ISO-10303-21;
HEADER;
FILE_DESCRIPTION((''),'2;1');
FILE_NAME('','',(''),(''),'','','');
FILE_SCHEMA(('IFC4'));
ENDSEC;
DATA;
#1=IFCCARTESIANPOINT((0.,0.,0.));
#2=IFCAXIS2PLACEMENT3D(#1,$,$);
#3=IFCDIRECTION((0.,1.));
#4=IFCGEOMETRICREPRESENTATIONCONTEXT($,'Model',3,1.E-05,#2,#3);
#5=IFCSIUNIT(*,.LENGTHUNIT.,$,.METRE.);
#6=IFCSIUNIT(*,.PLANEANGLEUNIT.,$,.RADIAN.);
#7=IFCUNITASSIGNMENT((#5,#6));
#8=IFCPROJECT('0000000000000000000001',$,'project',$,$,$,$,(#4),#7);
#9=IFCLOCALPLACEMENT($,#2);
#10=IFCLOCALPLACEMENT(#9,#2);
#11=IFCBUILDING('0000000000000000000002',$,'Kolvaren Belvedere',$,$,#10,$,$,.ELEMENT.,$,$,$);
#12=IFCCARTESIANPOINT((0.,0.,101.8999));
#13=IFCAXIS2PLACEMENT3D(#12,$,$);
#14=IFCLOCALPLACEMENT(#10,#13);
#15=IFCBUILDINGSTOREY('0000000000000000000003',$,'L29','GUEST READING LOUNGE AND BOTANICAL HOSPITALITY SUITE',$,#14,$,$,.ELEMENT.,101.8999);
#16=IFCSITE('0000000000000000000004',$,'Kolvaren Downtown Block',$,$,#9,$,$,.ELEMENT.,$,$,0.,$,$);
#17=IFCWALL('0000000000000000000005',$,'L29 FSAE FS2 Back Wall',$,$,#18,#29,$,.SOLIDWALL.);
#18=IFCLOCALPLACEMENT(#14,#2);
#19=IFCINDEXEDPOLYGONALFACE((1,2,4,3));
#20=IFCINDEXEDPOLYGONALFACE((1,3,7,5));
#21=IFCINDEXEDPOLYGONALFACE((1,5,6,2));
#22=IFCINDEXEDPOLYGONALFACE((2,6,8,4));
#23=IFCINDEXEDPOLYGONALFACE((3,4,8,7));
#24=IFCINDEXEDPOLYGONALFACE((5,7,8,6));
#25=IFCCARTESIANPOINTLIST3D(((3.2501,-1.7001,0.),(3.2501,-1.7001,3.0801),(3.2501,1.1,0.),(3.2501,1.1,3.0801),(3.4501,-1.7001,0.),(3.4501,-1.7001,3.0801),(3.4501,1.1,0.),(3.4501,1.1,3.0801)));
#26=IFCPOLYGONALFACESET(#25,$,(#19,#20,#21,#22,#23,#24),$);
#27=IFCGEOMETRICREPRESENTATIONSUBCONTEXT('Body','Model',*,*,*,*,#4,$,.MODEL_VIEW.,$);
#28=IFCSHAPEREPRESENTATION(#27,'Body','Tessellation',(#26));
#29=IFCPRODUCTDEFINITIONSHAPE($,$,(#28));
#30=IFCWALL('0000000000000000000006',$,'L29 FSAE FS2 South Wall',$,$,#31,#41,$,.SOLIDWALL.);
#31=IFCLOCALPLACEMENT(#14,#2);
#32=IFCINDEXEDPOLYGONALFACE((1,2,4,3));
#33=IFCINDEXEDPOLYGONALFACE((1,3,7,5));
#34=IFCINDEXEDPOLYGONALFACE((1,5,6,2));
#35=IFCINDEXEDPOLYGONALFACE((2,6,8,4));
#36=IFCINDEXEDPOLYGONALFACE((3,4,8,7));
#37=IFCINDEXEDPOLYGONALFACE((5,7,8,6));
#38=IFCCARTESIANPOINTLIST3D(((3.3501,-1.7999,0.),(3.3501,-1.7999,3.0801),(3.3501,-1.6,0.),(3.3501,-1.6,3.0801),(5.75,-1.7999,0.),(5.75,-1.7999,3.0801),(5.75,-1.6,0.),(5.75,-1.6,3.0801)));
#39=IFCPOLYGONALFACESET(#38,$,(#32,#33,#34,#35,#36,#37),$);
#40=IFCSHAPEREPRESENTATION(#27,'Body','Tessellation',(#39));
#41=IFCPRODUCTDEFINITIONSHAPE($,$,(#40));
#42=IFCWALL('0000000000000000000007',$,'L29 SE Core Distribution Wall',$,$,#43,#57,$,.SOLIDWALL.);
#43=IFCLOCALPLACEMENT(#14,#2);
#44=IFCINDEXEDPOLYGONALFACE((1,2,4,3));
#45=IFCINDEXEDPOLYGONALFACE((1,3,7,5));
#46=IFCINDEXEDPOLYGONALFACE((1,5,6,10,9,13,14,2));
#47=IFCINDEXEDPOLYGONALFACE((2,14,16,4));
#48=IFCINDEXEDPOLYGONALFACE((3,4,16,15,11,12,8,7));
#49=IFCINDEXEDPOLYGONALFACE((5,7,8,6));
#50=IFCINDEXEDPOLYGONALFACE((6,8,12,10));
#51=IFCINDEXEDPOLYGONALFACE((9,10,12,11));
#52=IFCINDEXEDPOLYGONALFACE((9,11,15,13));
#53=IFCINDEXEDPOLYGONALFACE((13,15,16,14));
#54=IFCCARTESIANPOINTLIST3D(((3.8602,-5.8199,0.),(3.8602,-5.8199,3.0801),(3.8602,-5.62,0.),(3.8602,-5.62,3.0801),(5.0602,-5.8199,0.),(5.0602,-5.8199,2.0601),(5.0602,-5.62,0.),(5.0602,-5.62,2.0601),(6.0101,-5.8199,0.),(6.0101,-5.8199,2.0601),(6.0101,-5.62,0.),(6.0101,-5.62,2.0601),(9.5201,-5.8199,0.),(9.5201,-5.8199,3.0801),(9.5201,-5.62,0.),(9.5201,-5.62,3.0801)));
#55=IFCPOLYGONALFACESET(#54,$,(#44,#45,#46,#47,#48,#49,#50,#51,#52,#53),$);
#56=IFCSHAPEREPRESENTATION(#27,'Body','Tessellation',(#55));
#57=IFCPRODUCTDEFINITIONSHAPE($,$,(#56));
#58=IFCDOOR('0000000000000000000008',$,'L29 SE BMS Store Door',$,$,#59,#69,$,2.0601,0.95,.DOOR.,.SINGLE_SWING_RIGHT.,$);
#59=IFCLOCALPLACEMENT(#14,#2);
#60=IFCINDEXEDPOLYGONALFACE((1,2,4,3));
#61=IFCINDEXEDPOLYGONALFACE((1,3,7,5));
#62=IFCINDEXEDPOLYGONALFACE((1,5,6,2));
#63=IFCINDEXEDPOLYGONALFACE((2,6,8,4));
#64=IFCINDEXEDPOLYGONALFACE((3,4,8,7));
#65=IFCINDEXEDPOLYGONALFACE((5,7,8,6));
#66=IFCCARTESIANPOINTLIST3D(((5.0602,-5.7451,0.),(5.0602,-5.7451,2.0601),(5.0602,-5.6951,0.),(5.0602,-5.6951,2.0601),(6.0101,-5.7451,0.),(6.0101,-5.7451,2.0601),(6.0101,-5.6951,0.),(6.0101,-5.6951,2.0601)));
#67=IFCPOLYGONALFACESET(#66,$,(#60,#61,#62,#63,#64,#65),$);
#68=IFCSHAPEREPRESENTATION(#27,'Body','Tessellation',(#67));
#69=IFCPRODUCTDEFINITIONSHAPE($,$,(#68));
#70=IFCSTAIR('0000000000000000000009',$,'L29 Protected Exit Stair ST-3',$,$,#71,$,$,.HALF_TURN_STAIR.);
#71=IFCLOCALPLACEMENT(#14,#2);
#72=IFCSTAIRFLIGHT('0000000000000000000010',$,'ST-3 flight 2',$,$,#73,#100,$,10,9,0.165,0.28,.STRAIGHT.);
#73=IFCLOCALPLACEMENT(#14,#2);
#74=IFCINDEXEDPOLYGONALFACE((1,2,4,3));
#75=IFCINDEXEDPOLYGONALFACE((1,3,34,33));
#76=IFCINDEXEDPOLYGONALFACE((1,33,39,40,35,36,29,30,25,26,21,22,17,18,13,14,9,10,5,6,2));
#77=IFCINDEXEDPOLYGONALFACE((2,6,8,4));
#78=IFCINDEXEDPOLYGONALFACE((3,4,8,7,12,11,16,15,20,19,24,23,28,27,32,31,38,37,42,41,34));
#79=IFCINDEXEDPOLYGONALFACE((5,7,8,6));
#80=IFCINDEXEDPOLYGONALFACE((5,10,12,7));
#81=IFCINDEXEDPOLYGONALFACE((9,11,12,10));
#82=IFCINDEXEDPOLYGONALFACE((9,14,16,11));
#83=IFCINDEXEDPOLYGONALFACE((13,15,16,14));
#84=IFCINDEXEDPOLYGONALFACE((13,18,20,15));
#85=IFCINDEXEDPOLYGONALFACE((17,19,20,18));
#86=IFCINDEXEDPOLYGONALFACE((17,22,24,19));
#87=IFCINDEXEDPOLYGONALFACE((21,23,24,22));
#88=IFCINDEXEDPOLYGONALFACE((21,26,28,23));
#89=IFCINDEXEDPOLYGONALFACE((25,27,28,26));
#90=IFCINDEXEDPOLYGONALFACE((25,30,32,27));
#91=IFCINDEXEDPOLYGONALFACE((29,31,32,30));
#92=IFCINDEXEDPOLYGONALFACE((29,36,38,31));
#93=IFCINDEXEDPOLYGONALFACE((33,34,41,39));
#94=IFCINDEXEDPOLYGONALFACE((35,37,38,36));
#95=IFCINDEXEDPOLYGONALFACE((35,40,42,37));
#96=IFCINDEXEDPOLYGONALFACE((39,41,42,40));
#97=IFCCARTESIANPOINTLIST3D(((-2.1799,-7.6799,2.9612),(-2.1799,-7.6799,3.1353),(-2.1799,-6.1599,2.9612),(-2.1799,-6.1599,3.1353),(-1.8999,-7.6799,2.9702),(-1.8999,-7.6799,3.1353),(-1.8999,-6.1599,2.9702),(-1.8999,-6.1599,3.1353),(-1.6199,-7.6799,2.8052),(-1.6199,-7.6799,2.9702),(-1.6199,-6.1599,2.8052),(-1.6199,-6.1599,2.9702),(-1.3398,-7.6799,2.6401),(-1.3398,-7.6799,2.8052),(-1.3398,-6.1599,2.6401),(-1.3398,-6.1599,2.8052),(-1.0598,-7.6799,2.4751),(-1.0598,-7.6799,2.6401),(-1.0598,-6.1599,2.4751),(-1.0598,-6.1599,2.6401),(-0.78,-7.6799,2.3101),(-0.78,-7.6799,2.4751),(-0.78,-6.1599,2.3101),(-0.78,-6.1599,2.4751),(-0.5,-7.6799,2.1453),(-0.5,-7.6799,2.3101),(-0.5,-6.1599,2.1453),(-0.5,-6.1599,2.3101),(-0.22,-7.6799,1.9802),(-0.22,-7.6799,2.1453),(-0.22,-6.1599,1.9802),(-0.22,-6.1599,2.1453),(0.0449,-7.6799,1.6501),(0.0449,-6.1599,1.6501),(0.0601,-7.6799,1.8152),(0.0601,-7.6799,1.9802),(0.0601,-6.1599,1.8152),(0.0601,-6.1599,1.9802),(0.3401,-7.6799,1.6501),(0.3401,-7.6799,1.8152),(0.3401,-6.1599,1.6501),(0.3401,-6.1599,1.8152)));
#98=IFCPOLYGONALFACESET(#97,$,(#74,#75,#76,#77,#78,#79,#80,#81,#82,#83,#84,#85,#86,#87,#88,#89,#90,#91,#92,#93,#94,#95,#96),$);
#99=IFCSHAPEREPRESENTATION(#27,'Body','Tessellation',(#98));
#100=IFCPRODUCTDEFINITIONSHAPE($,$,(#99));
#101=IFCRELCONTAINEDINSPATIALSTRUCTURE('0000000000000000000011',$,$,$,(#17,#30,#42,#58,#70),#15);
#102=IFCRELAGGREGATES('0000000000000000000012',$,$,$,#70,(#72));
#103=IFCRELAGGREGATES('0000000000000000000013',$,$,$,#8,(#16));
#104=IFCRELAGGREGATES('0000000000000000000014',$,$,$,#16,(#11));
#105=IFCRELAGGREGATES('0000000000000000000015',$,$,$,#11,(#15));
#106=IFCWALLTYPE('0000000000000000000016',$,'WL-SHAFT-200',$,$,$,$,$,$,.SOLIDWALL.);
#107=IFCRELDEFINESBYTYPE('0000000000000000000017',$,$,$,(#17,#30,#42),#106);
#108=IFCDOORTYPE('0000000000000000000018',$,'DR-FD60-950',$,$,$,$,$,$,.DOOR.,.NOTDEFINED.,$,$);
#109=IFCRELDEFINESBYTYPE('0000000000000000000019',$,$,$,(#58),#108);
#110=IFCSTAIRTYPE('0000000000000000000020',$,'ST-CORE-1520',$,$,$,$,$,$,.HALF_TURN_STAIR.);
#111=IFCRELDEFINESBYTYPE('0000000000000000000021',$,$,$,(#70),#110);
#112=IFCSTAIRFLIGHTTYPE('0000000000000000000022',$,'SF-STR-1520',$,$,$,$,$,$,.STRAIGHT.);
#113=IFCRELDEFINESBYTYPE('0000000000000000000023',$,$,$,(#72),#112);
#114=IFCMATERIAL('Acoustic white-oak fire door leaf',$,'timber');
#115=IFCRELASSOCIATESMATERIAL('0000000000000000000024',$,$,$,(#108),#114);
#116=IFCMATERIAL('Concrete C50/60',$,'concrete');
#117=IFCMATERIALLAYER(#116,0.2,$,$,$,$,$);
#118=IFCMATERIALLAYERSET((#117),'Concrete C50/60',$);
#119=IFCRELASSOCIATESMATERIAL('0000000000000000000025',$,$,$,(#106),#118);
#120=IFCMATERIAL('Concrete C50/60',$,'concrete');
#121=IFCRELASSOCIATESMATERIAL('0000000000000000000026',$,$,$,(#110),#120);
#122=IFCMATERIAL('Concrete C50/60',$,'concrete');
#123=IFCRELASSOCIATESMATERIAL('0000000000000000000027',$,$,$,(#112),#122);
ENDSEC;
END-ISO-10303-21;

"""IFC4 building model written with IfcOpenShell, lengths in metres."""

from ifc_helpers import new_model, si_unit, direction, frame, frame_2d, origin, place, context, subcontext, project, spatial, polyline, rectangle, outline, extrude, material, layer, layer_set, type_object, element, fill, aggregate, save


model = new_model("IFC4")

# Units and contexts
model_context = context("Model", 3, precision=1e-05, world=origin(), true_north=direction((0.0, 1.0)))
body_context = subcontext(model_context, "Body", "Model", "MODEL_VIEW")
ifc_project = project(units=[si_unit("LENGTHUNIT", "METRE"), si_unit("PLANEANGLEUNIT", "RADIAN")], contexts=[model_context])

# Site, building, storey
site_placement = place(None, origin())
site = spatial("IfcSite", under=ifc_project, at=site_placement, Name="Kolvaren Downtown Block", CompositionType="ELEMENT", RefElevation=0.0)
building_placement = place(site_placement, origin())
building = spatial("IfcBuilding", under=site, at=building_placement, Name="Kolvaren Belvedere", CompositionType="ELEMENT")
storey_placement = place(building_placement, frame((0.0, 0.0, 101.8999)))
storey = spatial("IfcBuildingStorey", under=building, at=storey_placement, Name="L29", Description="GUEST READING LOUNGE AND BOTANICAL HOSPITALITY SUITE", CompositionType="ELEMENT", Elevation=101.8999)

# Shared definitions
ifc_material_1 = material(Name="Acoustic white-oak fire door leaf", Category="timber")
door_type_1 = type_object("IfcDoorType", Name="DR-FD60-950", OperationType="NOTDEFINED", PredefinedType="DOOR", material=ifc_material_1)

# Shared definitions
ifc_material_2 = material(Name="Concrete C50/60", Category="concrete")
ifc_layer_1 = layer(ifc_material_2, 0.2)
ifc_layer_set_1 = layer_set([ifc_layer_1], Name="Concrete C50/60")
wall_type_1 = type_object("IfcWallType", Name="WL-SHAFT-200", PredefinedType="SOLIDWALL", material=ifc_layer_set_1)

# Walls
wall_1_placement = place(storey_placement, frame((3.3501, -1.7, 0.0), z_axis=(0.0, 0.0, 1.0), x_axis=(0.0, 1.0, 0.0)))
element("IfcWall", 1, at=wall_1_placement, inside=storey, type_object=wall_type_1, Name="L29 FSAE FS2 Back Wall", PredefinedType="SOLIDWALL", context=body_context, shape_type="SweptSolid", body=[
    extrude(rectangle(XDim=2.8, YDim=0.2, at=frame_2d((1.3999, 0.0))), origin(), (0.0, 0.0, 1.0), 3.0801),
])
wall_2_placement = place(storey_placement, frame((3.3501, -1.7, 0.0), z_axis=(0.0, 0.0, 1.0), x_axis=(1.0, 0.0, 0.0)))
element("IfcWall", 2, at=wall_2_placement, inside=storey, type_object=wall_type_1, Name="L29 FSAE FS2 South Wall", PredefinedType="SOLIDWALL", context=body_context, shape_type="SweptSolid", body=[
    extrude(rectangle(XDim=2.3999, YDim=0.2, at=frame_2d((1.2, 0.0))), origin(), (0.0, 0.0, 1.0), 3.0801),
])

# Wall, opening, door
wall_3_placement = place(storey_placement, frame((3.8601, -5.72, 0.0), z_axis=(0.0, 0.0, 1.0), x_axis=(1.0, 0.0, 0.0)))
wall_3 = element("IfcWall", 3, at=wall_3_placement, inside=storey, type_object=wall_type_1, Name="L29 SE Core Distribution Wall", PredefinedType="SOLIDWALL", context=body_context, shape_type="SweptSolid", body=[
    extrude(rectangle(XDim=5.6599, YDim=0.2, at=frame_2d((2.8301, 0.0))), origin(), (0.0, 0.0, 1.0), 3.0801),
])
opening_1_placement = place(wall_3_placement, frame((1.2, 0.0, 0.0)))
opening_1 = element("IfcOpeningElement", 4, at=opening_1_placement, cuts=wall_3, PredefinedType="OPENING", context=body_context, shape_type="SweptSolid", body=[
    extrude(rectangle(XDim=0.95, YDim=2.0601, at=frame_2d((0.4751, 1.03))), frame((0.0, 0.1099, 0.0), z_axis=(0.0, -1.0, 0.0), x_axis=(1.0, 0.0, 0.0)), (0.0, 0.0, 1.0), 0.22),
])
door_1_placement = place(opening_1_placement, origin())
door_1 = element("IfcDoor", 5, at=door_1_placement, inside=storey, type_object=door_type_1, Name="L29 SE BMS Store Door", OperationType="SINGLE_SWING_RIGHT", OverallHeight=2.0601, OverallWidth=0.95, PredefinedType="DOOR", context=body_context, shape_type="SweptSolid", body=[
    extrude(rectangle(XDim=0.95, YDim=2.0601, at=frame_2d((0.4751, 1.03))), frame((0.0, 0.0249, 0.0), z_axis=(0.0, -1.0, 0.0), x_axis=(1.0, 0.0, 0.0)), (0.0, 0.0, 1.0), 0.05),
])
fill(opening_1, door_1)

# Stair, stair flight
ifc_material_3 = material(Name="Concrete C50/60", Category="concrete")
stair_type = type_object("IfcStairType", Name="ST-CORE-1520", PredefinedType="HALF_TURN_STAIR", material=ifc_material_3)
stair_placement = place(storey_placement, origin())
stair = element("IfcStair", 6, at=stair_placement, inside=storey, type_object=stair_type, Name="L29 Protected Exit Stair ST-3", PredefinedType="HALF_TURN_STAIR")
ifc_material_4 = material(Name="Concrete C50/60", Category="concrete")
stair_flight_type = type_object("IfcStairFlightType", Name="SF-STR-1520", PredefinedType="STRAIGHT", material=ifc_material_4)
stair_flight_placement = place(storey_placement, frame((0.3401, -6.9199, 1.6501), z_axis=(0.0, 0.0, 1.0), x_axis=(-1.0, 0.0, 0.0)))
stair_flight = element("IfcStairFlight", 7, at=stair_flight_placement, type_object=stair_flight_type, Name="ST-3 flight 2", NumberOfRisers=10, NumberOfTreads=9, PredefinedType="STRAIGHT", RiserHeight=0.165, TreadLength=0.28, context=body_context, shape_type="SweptSolid", body=[
    extrude(outline(polyline([(0.0, 0.0), (0.0, 0.165), (0.28, 0.165), (0.28, 0.3301), (0.5601, 0.3301), (0.5601, 0.4951), (0.8401, 0.4951), (0.8401, 0.6599), (1.1201, 0.6599), (1.1201, 0.825), (1.3999, 0.825), (1.3999, 0.99), (1.6799, 0.99), (1.6799, 1.155), (1.96, 1.155), (1.96, 1.3201), (2.24, 1.3201), (2.24, 1.4851), (2.52, 1.4851), (2.52, 1.6499), (2.52, 1.311), (0.2952, 0.0), (0.0, 0.0)])), frame((0.0, 0.76, 0.0), z_axis=(0.0, -1.0, 0.0), x_axis=(1.0, 0.0, 0.0)), (0.0, 0.0, 1.0), 1.52),
])
aggregate(stair, [stair_flight])

save(model, "model.ifc")
